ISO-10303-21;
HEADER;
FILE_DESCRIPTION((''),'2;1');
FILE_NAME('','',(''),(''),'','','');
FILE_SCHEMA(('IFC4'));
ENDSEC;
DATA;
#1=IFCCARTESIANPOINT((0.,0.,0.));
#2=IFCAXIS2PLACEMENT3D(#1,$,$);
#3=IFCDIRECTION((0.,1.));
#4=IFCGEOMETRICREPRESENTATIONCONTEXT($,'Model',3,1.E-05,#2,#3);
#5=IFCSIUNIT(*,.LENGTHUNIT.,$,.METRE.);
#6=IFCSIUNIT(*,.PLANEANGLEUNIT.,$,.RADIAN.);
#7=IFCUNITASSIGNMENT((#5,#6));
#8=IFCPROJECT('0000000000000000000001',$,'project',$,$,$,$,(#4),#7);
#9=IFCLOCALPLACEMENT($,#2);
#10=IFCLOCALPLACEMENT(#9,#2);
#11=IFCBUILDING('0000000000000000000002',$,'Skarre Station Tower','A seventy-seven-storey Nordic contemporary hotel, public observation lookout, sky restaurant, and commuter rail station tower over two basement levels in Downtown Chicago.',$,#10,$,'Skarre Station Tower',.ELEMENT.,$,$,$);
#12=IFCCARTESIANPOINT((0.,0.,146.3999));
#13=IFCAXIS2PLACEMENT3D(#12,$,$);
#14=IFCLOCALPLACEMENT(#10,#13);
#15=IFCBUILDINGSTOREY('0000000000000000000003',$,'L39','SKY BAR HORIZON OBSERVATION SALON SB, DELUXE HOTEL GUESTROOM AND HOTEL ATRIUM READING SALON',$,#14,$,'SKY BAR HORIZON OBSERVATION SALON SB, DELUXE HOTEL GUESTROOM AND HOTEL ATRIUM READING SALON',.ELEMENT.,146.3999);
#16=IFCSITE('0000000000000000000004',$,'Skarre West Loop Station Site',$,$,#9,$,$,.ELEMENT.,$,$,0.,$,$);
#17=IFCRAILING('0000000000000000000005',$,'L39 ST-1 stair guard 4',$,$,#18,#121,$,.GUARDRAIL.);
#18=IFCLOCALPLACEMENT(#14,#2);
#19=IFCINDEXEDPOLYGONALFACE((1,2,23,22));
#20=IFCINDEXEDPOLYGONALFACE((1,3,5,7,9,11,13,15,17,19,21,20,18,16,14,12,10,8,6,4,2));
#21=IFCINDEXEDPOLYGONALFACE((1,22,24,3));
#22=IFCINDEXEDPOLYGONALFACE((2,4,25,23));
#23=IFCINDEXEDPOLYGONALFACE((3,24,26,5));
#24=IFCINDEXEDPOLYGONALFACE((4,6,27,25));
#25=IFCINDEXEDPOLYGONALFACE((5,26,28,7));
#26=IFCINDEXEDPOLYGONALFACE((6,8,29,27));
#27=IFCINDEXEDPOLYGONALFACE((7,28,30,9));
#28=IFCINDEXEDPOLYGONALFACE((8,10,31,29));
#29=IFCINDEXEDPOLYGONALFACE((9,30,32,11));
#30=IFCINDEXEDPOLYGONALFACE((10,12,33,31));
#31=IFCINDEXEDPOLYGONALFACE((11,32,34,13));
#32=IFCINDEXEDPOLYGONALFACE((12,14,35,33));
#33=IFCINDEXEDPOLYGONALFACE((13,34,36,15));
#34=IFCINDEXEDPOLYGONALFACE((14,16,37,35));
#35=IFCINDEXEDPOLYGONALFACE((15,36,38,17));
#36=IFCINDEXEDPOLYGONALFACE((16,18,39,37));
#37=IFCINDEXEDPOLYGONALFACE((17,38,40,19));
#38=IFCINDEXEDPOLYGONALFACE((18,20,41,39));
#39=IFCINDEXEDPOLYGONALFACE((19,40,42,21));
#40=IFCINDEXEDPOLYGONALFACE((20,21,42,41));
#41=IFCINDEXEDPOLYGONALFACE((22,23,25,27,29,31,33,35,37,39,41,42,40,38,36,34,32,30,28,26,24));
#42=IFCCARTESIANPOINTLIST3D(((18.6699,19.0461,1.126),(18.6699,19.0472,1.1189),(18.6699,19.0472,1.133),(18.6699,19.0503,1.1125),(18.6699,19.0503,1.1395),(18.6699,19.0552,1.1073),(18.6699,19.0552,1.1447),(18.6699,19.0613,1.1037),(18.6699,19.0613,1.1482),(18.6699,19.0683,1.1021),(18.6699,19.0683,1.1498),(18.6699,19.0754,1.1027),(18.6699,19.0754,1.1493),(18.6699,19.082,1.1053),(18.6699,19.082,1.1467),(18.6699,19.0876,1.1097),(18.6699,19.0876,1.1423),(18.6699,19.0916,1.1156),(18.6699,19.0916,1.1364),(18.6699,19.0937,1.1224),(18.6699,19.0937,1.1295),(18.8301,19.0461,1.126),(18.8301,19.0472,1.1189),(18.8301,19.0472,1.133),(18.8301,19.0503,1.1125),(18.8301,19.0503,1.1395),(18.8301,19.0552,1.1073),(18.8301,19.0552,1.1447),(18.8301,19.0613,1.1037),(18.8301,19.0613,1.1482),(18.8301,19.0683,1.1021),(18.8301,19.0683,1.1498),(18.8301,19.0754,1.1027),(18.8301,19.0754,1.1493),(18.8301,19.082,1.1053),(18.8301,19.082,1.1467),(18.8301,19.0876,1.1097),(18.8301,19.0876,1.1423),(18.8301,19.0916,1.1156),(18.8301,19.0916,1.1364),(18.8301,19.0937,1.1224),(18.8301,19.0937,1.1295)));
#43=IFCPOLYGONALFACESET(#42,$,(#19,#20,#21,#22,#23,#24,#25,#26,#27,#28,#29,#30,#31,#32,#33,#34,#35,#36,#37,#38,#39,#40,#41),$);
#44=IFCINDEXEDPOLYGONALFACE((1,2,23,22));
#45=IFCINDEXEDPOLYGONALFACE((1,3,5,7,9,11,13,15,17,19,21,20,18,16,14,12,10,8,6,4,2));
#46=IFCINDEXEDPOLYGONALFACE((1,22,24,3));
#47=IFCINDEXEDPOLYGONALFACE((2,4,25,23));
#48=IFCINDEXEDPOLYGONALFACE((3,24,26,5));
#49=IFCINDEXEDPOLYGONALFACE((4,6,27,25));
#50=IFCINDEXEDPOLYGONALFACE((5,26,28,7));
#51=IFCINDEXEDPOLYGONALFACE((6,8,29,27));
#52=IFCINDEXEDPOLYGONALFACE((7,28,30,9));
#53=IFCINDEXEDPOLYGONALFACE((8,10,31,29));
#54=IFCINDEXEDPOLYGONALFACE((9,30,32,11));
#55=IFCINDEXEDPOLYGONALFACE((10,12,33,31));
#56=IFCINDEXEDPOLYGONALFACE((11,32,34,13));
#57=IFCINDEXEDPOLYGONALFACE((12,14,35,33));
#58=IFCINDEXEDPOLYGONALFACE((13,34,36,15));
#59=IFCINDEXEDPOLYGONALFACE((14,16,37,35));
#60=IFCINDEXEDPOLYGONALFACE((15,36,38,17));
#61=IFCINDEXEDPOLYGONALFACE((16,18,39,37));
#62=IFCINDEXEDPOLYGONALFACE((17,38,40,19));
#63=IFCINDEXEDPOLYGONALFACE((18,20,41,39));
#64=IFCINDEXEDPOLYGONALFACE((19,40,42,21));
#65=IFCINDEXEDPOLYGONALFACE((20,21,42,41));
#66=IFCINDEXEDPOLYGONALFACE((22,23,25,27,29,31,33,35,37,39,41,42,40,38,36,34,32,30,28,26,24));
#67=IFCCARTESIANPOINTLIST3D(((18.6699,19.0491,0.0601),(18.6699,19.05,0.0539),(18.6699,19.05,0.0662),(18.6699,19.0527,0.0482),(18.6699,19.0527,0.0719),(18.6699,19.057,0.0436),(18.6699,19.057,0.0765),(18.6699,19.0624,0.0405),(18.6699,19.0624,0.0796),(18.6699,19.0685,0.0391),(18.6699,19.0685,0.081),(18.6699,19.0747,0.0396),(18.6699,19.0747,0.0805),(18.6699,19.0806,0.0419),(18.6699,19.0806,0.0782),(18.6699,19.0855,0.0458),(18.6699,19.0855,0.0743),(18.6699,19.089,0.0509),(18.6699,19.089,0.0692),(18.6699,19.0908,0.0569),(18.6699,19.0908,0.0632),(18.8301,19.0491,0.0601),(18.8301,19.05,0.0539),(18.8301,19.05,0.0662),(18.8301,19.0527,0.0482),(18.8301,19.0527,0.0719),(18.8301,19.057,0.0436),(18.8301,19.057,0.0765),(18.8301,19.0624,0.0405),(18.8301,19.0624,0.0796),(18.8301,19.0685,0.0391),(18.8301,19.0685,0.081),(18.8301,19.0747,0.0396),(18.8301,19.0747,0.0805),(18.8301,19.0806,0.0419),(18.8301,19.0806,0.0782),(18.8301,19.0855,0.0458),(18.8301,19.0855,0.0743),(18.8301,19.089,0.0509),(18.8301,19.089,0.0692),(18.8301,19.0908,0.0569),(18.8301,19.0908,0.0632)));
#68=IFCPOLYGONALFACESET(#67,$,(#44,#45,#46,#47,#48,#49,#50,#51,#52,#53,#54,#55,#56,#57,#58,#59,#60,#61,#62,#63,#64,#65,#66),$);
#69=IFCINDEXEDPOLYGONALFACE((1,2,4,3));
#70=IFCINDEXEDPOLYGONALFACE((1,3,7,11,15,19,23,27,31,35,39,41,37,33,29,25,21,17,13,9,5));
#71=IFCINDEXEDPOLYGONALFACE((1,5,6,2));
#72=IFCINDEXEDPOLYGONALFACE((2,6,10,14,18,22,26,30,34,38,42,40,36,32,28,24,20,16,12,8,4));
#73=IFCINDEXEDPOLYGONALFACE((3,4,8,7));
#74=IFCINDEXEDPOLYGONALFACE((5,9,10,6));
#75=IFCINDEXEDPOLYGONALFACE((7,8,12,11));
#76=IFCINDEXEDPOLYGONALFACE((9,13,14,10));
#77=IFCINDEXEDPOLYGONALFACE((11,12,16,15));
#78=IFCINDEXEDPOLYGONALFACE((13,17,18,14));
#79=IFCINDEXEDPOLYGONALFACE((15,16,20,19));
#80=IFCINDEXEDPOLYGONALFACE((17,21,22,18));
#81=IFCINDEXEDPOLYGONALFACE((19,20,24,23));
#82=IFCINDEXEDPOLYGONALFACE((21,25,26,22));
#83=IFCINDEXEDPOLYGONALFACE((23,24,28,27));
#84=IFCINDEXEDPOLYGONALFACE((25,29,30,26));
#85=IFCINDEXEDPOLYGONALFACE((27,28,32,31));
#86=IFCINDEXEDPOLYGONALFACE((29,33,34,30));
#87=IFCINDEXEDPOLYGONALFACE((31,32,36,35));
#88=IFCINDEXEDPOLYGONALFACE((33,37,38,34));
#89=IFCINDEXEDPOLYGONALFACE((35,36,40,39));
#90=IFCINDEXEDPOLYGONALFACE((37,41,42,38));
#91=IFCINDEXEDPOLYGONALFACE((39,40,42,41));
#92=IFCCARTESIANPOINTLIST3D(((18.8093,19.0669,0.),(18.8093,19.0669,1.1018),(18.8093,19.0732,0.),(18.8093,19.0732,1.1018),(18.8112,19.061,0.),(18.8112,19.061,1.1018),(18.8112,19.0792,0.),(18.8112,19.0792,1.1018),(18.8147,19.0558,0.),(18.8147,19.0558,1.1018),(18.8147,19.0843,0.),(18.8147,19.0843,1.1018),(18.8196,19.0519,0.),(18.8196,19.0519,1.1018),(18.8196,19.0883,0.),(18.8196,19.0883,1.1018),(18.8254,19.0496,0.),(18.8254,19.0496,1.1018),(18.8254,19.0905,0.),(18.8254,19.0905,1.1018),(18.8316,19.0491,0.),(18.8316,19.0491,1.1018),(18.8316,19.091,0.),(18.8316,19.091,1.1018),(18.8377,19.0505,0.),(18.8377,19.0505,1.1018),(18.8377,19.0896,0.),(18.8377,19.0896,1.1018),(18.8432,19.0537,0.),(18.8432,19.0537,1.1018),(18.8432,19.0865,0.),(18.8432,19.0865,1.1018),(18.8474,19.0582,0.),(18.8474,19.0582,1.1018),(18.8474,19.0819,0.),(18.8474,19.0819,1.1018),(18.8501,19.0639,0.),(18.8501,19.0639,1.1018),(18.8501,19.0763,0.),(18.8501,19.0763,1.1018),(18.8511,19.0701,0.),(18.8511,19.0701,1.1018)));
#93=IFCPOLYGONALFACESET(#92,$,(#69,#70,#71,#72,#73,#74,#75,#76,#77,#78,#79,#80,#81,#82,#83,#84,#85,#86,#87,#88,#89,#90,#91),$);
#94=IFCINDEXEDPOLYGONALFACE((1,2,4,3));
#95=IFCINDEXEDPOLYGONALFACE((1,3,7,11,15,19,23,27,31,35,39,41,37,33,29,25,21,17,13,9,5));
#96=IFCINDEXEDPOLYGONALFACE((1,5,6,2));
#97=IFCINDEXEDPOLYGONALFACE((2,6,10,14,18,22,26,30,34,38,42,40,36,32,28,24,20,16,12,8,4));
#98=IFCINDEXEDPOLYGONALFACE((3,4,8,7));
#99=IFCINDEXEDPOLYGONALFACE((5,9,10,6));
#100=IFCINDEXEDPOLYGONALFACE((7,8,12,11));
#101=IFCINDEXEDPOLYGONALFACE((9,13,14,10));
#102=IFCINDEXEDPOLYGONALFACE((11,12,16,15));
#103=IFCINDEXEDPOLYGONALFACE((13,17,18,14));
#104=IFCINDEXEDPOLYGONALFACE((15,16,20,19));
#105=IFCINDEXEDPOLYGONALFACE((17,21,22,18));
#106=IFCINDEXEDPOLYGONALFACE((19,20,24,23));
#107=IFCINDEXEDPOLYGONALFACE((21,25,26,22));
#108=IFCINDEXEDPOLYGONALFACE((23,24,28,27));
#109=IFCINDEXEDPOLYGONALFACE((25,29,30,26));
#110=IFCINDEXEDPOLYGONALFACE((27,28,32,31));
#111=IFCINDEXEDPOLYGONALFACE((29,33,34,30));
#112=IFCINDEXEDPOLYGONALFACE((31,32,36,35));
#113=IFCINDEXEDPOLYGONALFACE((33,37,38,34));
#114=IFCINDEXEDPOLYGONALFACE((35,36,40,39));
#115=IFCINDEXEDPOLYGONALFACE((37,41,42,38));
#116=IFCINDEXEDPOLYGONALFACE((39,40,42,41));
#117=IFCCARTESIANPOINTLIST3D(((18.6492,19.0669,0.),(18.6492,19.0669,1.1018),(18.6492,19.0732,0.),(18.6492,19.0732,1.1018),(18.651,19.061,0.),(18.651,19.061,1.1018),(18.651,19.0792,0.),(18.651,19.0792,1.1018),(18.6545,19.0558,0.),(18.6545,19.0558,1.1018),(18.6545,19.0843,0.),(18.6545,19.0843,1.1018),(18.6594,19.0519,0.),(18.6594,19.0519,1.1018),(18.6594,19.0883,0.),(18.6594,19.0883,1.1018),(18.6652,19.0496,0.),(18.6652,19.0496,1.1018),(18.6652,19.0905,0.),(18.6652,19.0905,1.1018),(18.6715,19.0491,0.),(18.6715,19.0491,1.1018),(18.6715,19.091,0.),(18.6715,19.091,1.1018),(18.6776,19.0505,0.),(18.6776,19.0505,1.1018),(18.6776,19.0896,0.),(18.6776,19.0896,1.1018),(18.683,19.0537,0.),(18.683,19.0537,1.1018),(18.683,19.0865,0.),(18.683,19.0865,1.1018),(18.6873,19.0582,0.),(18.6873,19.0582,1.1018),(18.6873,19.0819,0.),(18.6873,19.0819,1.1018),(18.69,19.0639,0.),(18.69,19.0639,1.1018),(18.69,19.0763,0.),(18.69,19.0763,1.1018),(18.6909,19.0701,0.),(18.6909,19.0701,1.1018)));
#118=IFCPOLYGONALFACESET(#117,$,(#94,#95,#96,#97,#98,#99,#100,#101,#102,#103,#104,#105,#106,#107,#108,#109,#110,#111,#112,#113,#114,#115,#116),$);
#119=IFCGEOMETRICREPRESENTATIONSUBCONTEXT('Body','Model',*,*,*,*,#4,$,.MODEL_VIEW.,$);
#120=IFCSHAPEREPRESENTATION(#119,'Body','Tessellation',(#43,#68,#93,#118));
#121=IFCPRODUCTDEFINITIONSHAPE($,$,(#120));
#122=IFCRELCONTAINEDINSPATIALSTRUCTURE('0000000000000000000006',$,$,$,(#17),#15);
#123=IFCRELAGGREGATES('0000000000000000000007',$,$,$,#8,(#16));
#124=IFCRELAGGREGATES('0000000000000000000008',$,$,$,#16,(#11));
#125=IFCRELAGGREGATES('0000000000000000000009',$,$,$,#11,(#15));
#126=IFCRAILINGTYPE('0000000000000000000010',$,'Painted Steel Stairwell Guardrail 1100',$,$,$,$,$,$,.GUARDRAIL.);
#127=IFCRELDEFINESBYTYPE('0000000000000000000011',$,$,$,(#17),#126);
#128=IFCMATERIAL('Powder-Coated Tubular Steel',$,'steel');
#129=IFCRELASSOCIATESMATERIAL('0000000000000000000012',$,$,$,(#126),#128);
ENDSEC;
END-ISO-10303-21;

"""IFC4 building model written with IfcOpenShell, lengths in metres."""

from ifc_helpers import new_model, si_unit, direction, frame, origin, origin_2d, place, context, subcontext, project, spatial, circle, extrude, material, type_object, element, save


model = new_model("IFC4")

# Units and contexts
model_context = context("Model", 3, precision=1e-05, world=origin(), true_north=direction((0.0, 1.0)))
body_context = subcontext(model_context, "Body", "Model", "MODEL_VIEW")
ifc_project = project(units=[si_unit("LENGTHUNIT", "METRE"), si_unit("PLANEANGLEUNIT", "RADIAN")], contexts=[model_context])

# Site, building, storey
site_placement = place(None, origin())
site = spatial("IfcSite", under=ifc_project, at=site_placement, Name="Skarre West Loop Station Site", CompositionType="ELEMENT", RefElevation=0.0)
building_placement = place(site_placement, origin())
building = spatial("IfcBuilding", under=site, at=building_placement, Name="Skarre Station Tower", Description="A seventy-seven-storey Nordic contemporary hotel, public observation lookout, sky restaurant, and commuter rail station tower over two basement levels in Downtown Chicago.", LongName="Skarre Station Tower", CompositionType="ELEMENT")
storey_placement = place(building_placement, frame((0.0, 0.0, 146.3999)))
storey = spatial("IfcBuildingStorey", under=building, at=storey_placement, Name="L39", Description="SKY BAR HORIZON OBSERVATION SALON SB, DELUXE HOTEL GUESTROOM AND HOTEL ATRIUM READING SALON", LongName="SKY BAR HORIZON OBSERVATION SALON SB, DELUXE HOTEL GUESTROOM AND HOTEL ATRIUM READING SALON", CompositionType="ELEMENT", Elevation=146.3999)

# Railing
ifc_material_1 = material(Name="Powder-Coated Tubular Steel", Category="steel")
railing_type_1 = type_object("IfcRailingType", Name="Painted Steel Stairwell Guardrail 1100", PredefinedType="GUARDRAIL", material=ifc_material_1)
railing_1_placement = place(storey_placement, frame((18.8301, 19.0701, 0.0)))
element("IfcRailing", 1, at=railing_1_placement, inside=storey, type_object=railing_type_1, Name="L39 ST-1 stair guard 4", PredefinedType="GUARDRAIL", context=body_context, shape_type="SweptSolid", body=[
    extrude(circle(Radius=0.0239, at=origin_2d()), frame((0.0, 0.0, 1.126), z_axis=(-1.0, 0.0, 0.0), x_axis=(0.0, -1.0, 0.0)), (0.0, 0.0, 1.0), 0.1602),
    extrude(circle(Radius=0.021, at=origin_2d()), frame((0.0, 0.0, 0.0601), z_axis=(-1.0, 0.0, 0.0), x_axis=(0.0, -1.0, 0.0)), (0.0, 0.0, 1.0), 0.1602),
    extrude(circle(Radius=0.021, at=origin_2d()), origin(), (0.0, 0.0, 1.0), 1.1018),
    extrude(circle(Radius=0.021, at=origin_2d()), frame((-0.1602, 0.0, 0.0)), (0.0, 0.0, 1.0), 1.1018),
])

save(model, "model.ifc")
